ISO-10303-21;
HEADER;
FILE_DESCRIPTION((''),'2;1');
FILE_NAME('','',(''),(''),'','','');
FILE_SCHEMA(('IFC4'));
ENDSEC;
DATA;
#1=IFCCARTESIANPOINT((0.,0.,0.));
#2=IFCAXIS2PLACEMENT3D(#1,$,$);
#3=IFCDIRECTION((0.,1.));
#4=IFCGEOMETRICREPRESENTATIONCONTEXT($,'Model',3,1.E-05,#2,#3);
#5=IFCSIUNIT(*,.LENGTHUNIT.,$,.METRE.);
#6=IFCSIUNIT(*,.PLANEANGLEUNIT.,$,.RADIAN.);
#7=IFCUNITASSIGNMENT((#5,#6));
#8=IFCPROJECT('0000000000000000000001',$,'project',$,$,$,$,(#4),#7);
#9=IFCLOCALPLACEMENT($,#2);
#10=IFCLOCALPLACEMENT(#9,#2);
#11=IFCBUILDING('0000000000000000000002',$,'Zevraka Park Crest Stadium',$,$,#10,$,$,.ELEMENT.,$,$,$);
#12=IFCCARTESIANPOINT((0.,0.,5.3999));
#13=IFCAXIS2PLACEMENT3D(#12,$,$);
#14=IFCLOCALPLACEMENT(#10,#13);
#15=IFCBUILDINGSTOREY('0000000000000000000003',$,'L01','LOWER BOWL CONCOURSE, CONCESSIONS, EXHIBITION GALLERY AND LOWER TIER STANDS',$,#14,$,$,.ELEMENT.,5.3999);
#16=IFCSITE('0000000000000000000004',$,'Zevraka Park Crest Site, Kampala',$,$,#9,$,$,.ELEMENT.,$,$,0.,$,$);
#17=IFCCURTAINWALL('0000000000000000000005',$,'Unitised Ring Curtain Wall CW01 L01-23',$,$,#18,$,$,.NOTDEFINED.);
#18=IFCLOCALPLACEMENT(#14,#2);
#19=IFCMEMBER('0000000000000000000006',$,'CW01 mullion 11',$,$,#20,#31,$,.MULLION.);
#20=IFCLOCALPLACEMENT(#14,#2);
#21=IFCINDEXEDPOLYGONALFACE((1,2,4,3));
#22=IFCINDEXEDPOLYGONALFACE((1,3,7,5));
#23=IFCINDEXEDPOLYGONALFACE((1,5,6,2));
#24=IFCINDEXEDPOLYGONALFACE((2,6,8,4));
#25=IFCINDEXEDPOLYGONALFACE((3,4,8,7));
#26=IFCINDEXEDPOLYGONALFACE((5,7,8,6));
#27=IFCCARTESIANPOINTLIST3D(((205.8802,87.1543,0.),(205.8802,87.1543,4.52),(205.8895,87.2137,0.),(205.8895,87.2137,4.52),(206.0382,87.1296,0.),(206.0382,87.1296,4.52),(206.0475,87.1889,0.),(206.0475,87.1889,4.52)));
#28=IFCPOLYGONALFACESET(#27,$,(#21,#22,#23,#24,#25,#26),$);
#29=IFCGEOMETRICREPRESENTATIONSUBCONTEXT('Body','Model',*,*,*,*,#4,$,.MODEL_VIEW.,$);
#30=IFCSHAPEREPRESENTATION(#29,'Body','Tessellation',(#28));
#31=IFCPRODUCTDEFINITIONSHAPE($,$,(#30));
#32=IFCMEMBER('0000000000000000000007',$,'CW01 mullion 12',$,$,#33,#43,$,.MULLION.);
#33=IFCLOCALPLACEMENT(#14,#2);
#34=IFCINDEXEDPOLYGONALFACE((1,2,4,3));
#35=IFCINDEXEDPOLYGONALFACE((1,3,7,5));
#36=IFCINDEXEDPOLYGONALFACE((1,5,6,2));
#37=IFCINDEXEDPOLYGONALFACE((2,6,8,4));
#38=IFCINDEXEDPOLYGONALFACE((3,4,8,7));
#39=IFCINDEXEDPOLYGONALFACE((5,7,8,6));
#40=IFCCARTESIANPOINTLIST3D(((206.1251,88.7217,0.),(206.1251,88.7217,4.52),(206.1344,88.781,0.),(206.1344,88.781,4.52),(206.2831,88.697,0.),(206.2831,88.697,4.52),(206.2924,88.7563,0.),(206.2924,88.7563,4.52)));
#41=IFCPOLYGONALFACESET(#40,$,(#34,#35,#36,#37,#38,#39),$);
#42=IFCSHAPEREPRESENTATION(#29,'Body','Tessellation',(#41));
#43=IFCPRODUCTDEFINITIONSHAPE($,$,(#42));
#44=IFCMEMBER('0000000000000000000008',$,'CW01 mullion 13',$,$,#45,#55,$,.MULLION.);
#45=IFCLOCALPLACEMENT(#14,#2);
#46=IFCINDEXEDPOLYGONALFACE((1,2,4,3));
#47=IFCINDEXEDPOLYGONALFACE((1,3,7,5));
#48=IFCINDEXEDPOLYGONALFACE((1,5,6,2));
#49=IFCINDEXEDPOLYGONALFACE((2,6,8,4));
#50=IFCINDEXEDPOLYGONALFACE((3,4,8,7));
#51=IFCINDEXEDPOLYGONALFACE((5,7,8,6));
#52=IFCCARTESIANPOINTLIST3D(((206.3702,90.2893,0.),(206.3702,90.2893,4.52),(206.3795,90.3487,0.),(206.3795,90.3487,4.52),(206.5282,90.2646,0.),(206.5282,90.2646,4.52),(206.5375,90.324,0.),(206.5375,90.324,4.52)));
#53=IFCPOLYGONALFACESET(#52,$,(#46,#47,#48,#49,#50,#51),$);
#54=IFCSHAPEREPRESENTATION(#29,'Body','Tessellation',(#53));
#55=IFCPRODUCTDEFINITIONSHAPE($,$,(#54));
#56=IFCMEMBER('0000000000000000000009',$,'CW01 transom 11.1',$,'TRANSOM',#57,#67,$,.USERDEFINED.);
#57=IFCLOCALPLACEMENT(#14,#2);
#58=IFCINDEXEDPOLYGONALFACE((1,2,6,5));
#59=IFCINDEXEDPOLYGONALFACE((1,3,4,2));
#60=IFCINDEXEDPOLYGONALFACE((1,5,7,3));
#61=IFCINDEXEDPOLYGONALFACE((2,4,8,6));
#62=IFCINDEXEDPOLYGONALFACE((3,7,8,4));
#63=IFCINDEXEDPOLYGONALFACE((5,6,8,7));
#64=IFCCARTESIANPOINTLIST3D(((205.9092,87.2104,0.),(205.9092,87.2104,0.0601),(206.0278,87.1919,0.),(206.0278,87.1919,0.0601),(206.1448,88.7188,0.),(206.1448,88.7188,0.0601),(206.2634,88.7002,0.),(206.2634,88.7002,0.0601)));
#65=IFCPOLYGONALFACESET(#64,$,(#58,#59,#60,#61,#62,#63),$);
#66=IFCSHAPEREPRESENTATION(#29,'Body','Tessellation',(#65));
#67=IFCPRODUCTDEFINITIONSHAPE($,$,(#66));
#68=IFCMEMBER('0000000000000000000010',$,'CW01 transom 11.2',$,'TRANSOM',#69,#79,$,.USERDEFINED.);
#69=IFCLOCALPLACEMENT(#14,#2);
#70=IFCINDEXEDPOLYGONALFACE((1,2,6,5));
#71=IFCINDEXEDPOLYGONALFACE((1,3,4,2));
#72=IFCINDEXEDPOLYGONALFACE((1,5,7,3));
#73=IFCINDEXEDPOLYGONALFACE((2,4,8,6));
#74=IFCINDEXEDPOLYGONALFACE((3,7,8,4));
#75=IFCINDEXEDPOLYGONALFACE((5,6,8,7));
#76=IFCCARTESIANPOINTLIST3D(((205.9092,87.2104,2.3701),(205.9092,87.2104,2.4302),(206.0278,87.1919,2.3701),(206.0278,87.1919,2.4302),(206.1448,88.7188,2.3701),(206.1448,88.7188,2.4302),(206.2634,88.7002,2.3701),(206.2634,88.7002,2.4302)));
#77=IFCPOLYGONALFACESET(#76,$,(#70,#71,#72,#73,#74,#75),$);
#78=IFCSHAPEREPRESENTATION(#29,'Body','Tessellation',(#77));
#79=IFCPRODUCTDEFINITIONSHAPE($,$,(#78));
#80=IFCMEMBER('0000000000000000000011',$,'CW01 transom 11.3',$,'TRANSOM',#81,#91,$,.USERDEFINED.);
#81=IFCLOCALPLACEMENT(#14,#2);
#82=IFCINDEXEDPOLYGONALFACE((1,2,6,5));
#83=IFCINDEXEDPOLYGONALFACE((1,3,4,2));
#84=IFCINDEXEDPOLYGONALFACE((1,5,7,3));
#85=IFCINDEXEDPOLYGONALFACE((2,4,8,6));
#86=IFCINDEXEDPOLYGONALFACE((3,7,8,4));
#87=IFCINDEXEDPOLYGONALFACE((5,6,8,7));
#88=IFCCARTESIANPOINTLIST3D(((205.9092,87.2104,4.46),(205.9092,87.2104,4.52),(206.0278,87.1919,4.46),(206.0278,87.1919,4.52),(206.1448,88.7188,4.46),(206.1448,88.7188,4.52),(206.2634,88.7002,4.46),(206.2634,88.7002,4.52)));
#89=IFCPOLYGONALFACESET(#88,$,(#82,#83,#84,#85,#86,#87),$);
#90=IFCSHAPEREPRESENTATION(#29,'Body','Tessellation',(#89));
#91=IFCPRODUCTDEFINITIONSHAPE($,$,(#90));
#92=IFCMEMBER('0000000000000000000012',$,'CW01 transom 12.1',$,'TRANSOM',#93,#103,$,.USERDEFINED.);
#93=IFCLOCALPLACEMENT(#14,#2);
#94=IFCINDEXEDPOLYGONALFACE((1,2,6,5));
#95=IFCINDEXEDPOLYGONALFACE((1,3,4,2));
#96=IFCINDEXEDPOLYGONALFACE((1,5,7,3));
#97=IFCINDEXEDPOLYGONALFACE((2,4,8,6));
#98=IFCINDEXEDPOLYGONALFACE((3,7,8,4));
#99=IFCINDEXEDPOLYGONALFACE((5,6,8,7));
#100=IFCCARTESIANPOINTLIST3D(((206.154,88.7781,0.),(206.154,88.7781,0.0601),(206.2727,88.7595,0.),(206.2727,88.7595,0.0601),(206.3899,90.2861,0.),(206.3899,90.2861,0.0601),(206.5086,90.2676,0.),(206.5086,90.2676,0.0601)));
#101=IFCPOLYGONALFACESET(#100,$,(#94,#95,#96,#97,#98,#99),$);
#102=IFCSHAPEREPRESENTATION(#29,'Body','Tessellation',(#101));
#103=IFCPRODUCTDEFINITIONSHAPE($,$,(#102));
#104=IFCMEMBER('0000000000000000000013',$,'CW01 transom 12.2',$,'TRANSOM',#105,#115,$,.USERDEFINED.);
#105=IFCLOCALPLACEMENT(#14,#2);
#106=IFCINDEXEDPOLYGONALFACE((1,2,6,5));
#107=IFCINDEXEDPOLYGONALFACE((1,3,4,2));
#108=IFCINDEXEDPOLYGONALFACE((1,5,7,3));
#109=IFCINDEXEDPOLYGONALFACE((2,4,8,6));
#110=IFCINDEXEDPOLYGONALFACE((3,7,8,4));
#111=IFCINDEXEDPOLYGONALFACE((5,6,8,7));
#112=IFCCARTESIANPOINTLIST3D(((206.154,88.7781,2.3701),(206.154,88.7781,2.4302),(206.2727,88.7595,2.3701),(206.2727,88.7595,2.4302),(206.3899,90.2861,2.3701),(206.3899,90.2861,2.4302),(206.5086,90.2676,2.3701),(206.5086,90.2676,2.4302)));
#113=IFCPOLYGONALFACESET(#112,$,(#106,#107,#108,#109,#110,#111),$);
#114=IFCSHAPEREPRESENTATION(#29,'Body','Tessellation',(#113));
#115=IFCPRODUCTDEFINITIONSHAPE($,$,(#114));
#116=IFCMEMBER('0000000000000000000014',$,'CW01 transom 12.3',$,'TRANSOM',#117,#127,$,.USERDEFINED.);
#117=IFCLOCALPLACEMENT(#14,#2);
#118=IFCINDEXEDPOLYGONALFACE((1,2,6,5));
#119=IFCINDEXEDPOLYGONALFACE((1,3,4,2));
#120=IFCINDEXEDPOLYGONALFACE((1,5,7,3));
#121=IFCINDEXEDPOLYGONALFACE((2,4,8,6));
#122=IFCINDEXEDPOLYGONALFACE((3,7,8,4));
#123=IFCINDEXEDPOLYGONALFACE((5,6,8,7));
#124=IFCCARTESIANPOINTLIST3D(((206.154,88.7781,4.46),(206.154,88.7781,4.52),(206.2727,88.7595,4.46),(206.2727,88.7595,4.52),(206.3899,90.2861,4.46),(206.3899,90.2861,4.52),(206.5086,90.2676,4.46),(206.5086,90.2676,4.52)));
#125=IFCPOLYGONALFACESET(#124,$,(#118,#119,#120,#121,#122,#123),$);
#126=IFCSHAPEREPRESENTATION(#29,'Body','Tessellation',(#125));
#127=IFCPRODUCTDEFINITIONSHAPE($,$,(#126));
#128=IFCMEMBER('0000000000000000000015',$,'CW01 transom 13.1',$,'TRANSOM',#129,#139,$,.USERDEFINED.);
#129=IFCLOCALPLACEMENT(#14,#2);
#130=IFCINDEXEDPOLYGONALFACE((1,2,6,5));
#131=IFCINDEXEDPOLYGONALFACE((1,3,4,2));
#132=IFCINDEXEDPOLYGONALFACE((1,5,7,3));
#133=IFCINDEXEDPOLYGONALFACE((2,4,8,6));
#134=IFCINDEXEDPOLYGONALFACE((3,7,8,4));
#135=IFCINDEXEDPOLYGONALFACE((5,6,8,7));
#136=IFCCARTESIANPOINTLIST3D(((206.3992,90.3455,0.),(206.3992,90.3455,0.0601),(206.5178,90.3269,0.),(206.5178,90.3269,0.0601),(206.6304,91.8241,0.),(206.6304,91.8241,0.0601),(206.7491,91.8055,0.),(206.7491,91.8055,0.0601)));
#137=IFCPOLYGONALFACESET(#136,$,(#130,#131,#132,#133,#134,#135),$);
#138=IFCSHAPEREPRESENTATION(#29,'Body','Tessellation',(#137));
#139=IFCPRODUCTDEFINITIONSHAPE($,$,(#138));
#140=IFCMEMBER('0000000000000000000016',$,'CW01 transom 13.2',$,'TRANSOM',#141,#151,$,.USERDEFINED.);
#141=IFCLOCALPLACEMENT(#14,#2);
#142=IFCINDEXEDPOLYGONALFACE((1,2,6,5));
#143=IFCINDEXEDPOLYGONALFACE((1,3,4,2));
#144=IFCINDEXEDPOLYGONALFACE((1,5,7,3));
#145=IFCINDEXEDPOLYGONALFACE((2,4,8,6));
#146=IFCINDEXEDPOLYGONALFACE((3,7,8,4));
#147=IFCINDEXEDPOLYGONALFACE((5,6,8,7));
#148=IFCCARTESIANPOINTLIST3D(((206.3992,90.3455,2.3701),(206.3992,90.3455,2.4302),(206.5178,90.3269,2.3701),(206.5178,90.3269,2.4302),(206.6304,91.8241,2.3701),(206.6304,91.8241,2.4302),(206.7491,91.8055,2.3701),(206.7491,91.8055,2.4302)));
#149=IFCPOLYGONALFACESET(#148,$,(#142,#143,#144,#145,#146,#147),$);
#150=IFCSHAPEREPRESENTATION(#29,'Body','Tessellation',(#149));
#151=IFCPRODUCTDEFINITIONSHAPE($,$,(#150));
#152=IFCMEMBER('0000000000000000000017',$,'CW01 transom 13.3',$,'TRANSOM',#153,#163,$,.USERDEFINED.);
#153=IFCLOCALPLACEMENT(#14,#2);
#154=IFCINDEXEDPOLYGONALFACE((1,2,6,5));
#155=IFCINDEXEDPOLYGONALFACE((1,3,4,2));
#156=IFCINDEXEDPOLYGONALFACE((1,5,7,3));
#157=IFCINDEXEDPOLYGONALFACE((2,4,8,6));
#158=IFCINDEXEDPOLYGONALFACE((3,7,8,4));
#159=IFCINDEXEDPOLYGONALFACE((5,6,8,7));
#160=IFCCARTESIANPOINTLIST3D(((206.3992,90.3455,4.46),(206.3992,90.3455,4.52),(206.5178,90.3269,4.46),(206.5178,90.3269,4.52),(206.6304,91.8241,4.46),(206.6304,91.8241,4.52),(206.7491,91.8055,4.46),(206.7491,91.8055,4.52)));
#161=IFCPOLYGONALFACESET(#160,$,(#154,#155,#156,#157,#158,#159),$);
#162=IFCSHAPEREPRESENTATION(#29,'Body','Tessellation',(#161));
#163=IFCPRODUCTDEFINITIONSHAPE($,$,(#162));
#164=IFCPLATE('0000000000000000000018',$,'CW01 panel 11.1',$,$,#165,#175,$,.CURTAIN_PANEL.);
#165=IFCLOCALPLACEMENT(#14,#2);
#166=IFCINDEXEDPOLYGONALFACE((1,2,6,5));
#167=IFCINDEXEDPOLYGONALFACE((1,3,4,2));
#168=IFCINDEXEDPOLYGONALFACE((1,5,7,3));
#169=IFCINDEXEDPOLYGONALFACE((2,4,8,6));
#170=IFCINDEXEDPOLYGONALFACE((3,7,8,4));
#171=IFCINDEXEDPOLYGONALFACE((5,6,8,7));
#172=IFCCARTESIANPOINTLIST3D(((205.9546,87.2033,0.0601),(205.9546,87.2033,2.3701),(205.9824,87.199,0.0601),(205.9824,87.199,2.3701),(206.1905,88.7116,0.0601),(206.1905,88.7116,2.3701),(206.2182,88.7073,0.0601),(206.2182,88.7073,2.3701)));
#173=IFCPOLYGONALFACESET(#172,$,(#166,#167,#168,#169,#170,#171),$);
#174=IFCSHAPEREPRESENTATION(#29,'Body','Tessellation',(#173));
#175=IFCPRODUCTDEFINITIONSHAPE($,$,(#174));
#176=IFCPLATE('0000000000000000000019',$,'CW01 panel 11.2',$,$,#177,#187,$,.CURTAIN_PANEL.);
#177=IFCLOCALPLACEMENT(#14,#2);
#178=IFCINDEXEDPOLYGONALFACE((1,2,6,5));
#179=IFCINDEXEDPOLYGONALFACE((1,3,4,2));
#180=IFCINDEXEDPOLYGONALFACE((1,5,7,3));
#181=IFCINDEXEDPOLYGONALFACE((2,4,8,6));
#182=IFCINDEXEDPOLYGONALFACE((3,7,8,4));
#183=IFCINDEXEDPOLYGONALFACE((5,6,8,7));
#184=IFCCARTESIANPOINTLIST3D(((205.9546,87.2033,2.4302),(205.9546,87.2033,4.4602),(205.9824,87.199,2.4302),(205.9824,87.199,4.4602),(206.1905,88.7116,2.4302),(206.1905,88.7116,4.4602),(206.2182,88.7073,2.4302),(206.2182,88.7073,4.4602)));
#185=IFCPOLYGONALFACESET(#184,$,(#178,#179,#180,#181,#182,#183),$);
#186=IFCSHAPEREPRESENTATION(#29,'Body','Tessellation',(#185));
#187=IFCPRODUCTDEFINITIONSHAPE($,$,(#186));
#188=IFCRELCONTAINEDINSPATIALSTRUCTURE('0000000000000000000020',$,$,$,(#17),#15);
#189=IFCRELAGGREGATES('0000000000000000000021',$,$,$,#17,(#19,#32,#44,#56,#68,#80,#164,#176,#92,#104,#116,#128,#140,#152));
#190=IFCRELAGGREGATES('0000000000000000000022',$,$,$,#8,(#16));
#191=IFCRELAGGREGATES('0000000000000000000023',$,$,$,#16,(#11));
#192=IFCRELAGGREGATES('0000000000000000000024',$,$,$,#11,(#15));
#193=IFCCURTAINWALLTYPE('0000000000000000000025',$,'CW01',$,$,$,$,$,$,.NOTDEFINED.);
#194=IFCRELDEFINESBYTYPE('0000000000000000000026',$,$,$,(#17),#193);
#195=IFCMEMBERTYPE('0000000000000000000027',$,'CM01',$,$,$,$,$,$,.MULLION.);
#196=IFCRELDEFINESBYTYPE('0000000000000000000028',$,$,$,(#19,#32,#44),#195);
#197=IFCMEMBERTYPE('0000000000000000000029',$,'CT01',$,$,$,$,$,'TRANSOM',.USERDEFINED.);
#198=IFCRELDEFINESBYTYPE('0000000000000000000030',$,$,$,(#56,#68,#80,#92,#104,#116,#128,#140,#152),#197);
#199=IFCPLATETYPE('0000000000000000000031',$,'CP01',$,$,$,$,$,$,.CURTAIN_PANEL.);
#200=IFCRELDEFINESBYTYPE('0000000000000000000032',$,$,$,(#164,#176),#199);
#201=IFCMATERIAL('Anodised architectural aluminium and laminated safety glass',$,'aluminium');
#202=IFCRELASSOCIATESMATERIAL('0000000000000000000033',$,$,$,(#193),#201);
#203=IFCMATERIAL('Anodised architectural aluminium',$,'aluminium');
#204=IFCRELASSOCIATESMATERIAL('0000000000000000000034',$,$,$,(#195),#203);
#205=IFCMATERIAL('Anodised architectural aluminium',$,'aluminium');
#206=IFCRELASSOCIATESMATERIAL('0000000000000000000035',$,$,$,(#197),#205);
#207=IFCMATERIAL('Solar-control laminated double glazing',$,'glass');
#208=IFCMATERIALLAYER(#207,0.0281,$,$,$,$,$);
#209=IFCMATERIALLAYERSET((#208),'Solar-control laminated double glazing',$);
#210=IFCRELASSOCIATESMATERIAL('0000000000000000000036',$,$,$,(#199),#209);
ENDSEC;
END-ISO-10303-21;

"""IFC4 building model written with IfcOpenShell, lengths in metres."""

from ifc_helpers import new_model, si_unit, direction, frame, origin, origin_2d, place, context, subcontext, project, spatial, rectangle, extrude, material, layer, layer_set, material_profile, profile_set, type_object, element, aggregate, save


model = new_model("IFC4")

# Units and contexts
model_context = context("Model", 3, precision=1e-05, world=origin(), true_north=direction((0.0, 1.0)))
body_context = subcontext(model_context, "Body", "Model", "MODEL_VIEW")
ifc_project = project(units=[si_unit("LENGTHUNIT", "METRE"), si_unit("PLANEANGLEUNIT", "RADIAN")], contexts=[model_context])

# Site, building, storey
site_placement = place(None, origin())
site = spatial("IfcSite", under=ifc_project, at=site_placement, Name="Zevraka Park Crest Site, Kampala", CompositionType="ELEMENT", RefElevation=0.0)
building_placement = place(site_placement, origin())
building = spatial("IfcBuilding", under=site, at=building_placement, Name="Zevraka Park Crest Stadium", CompositionType="ELEMENT")
storey_placement = place(building_placement, frame((0.0, 0.0, 5.3999)))
storey = spatial("IfcBuildingStorey", under=building, at=storey_placement, Name="L01", Description="LOWER BOWL CONCOURSE, CONCESSIONS, EXHIBITION GALLERY AND LOWER TIER STANDS", CompositionType="ELEMENT", Elevation=5.3999)

# Curtain wall, members, plates
ifc_material_1 = material(Name="Anodised architectural aluminium and laminated safety glass", Category="aluminium")
curtain_wall_type = type_object("IfcCurtainWallType", Name="CW01", PredefinedType="NOTDEFINED", material=ifc_material_1)
curtain_wall_placement = place(storey_placement, origin())
curtain_wall = element("IfcCurtainWall", 1, at=curtain_wall_placement, inside=storey, type_object=curtain_wall_type, Name="Unitised Ring Curtain Wall CW01 L01-23", PredefinedType="NOTDEFINED")
ifc_material_2 = material(Name="Anodised architectural aluminium", Category="aluminium")
ifc_material_profile_1 = material_profile(ifc_material_2, rectangle(XDim=0.1599, YDim=0.0601, at=origin_2d()), Name="ALU MULLION 160x60")
ifc_profile_set_1 = profile_set([ifc_material_profile_1], Name="Anodised architectural aluminium")
member_type_1 = type_object("IfcMemberType", Name="CM01", PredefinedType="MULLION", material=ifc_profile_set_1)
member_1_placement = place(storey_placement, frame((205.9639, 87.1716, 0.0), z_axis=(0.0, 0.0, 1.0), x_axis=(-0.987997, 0.154476, 0.0)))
member_1 = element("IfcMember", 2, at=member_1_placement, type_object=member_type_1, Name="CW01 mullion 11", PredefinedType="MULLION", context=body_context, shape_type="SweptSolid", body=[
    extrude(rectangle(XDim=0.1599, YDim=0.0601, at=origin_2d()), origin(), (0.0, 0.0, 1.0), 4.52),
])
member_2_placement = place(storey_placement, frame((206.2087, 88.739, 0.0), z_axis=(0.0, 0.0, 1.0), x_axis=(-0.987997, 0.154476, 0.0)))
member_2 = element("IfcMember", 3, at=member_2_placement, type_object=member_type_1, Name="CW01 mullion 12", PredefinedType="MULLION", context=body_context, shape_type="SweptSolid", body=[
    extrude(rectangle(XDim=0.1599, YDim=0.0601, at=origin_2d()), origin(), (0.0, 0.0, 1.0), 4.52),
])
member_3_placement = place(storey_placement, frame((206.4539, 90.3066, 0.0), z_axis=(0.0, 0.0, 1.0), x_axis=(-0.987997, 0.154476, 0.0)))
member_3 = element("IfcMember", 4, at=member_3_placement, type_object=member_type_1, Name="CW01 mullion 13", PredefinedType="MULLION", context=body_context, shape_type="SweptSolid", body=[
    extrude(rectangle(XDim=0.1599, YDim=0.0601, at=origin_2d()), origin(), (0.0, 0.0, 1.0), 4.52),
])
ifc_material_3 = material(Name="Anodised architectural aluminium", Category="aluminium")
ifc_material_profile_2 = material_profile(ifc_material_3, rectangle(XDim=0.1201, YDim=0.0601, at=origin_2d()), Name="ALU TRANSOM 120x60")
ifc_profile_set_2 = profile_set([ifc_material_profile_2], Name="Anodised architectural aluminium")
member_type_2 = type_object("IfcMemberType", Name="CT01", ElementType="TRANSOM", PredefinedType="USERDEFINED", material=ifc_profile_set_2)
member_4_placement = place(storey_placement, frame((205.9685, 87.2012, 0.03), z_axis=(0.154328, 0.98802, 0.0), x_axis=(-0.98802, 0.154328, 0.0)))
member_4 = element("IfcMember", 5, at=member_4_placement, type_object=member_type_2, Name="CW01 transom 11.1", ObjectType="TRANSOM", PredefinedType="USERDEFINED", context=body_context, shape_type="SweptSolid", body=[
    extrude(rectangle(XDim=0.1201, YDim=0.0601, at=origin_2d()), origin(), (0.0, 0.0, 1.0), 1.5266),
])
member_5_placement = place(storey_placement, frame((205.9685, 87.2012, 2.4001), z_axis=(0.154328, 0.98802, 0.0), x_axis=(-0.98802, 0.154328, 0.0)))
member_5 = element("IfcMember", 6, at=member_5_placement, type_object=member_type_2, Name="CW01 transom 11.2", ObjectType="TRANSOM", PredefinedType="USERDEFINED", context=body_context, shape_type="SweptSolid", body=[
    extrude(rectangle(XDim=0.1201, YDim=0.0601, at=origin_2d()), origin(), (0.0, 0.0, 1.0), 1.5266),
])
member_6_placement = place(storey_placement, frame((205.9685, 87.2012, 4.49), z_axis=(0.154328, 0.98802, 0.0), x_axis=(-0.98802, 0.154328, 0.0)))
member_6 = element("IfcMember", 7, at=member_6_placement, type_object=member_type_2, Name="CW01 transom 11.3", ObjectType="TRANSOM", PredefinedType="USERDEFINED", context=body_context, shape_type="SweptSolid", body=[
    extrude(rectangle(XDim=0.1201, YDim=0.0601, at=origin_2d()), origin(), (0.0, 0.0, 1.0), 1.5266),
])
member_7_placement = place(storey_placement, frame((206.2134, 88.7688, 0.03), z_axis=(0.154509, 0.987991, 0.0), x_axis=(-0.987991, 0.154509, 0.0)))
member_7 = element("IfcMember", 8, at=member_7_placement, type_object=member_type_2, Name="CW01 transom 12.1", ObjectType="TRANSOM", PredefinedType="USERDEFINED", context=body_context, shape_type="SweptSolid", body=[
    extrude(rectangle(XDim=0.1201, YDim=0.0601, at=origin_2d()), origin(), (0.0, 0.0, 1.0), 1.5264),
])
member_8_placement = place(storey_placement, frame((206.2134, 88.7688, 2.4001), z_axis=(0.154509, 0.987991, 0.0), x_axis=(-0.987991, 0.154509, 0.0)))
member_8 = element("IfcMember", 9, at=member_8_placement, type_object=member_type_2, Name="CW01 transom 12.2", ObjectType="TRANSOM", PredefinedType="USERDEFINED", context=body_context, shape_type="SweptSolid", body=[
    extrude(rectangle(XDim=0.1201, YDim=0.0601, at=origin_2d()), origin(), (0.0, 0.0, 1.0), 1.5264),
])
member_9_placement = place(storey_placement, frame((206.2134, 88.7688, 4.49), z_axis=(0.154509, 0.987991, 0.0), x_axis=(-0.987991, 0.154509, 0.0)))
member_9 = element("IfcMember", 10, at=member_9_placement, type_object=member_type_2, Name="CW01 transom 12.3", ObjectType="TRANSOM", PredefinedType="USERDEFINED", context=body_context, shape_type="SweptSolid", body=[
    extrude(rectangle(XDim=0.1201, YDim=0.0601, at=origin_2d()), origin(), (0.0, 0.0, 1.0), 1.5264),
])
member_10_placement = place(storey_placement, frame((206.4585, 90.3362, 0.03), z_axis=(0.154496, 0.987993, 0.0), x_axis=(-0.987993, 0.154496, 0.0)))
member_10 = element("IfcMember", 11, at=member_10_placement, type_object=member_type_2, Name="CW01 transom 13.1", ObjectType="TRANSOM", PredefinedType="USERDEFINED", context=body_context, shape_type="SweptSolid", body=[
    extrude(rectangle(XDim=0.1201, YDim=0.0601, at=origin_2d()), origin(), (0.0, 0.0, 1.0), 1.4966),
])
member_11_placement = place(storey_placement, frame((206.4585, 90.3362, 2.4001), z_axis=(0.154496, 0.987993, 0.0), x_axis=(-0.987993, 0.154496, 0.0)))
member_11 = element("IfcMember", 12, at=member_11_placement, type_object=member_type_2, Name="CW01 transom 13.2", ObjectType="TRANSOM", PredefinedType="USERDEFINED", context=body_context, shape_type="SweptSolid", body=[
    extrude(rectangle(XDim=0.1201, YDim=0.0601, at=origin_2d()), origin(), (0.0, 0.0, 1.0), 1.4966),
])
member_12_placement = place(storey_placement, frame((206.4585, 90.3362, 4.49), z_axis=(0.154496, 0.987993, 0.0), x_axis=(-0.987993, 0.154496, 0.0)))
member_12 = element("IfcMember", 13, at=member_12_placement, type_object=member_type_2, Name="CW01 transom 13.3", ObjectType="TRANSOM", PredefinedType="USERDEFINED", context=body_context, shape_type="SweptSolid", body=[
    extrude(rectangle(XDim=0.1201, YDim=0.0601, at=origin_2d()), origin(), (0.0, 0.0, 1.0), 1.4966),
])
ifc_material_4 = material(Name="Solar-control laminated double glazing", Category="glass")
ifc_layer_1 = layer(ifc_material_4, 0.0281)
ifc_layer_set_1 = layer_set([ifc_layer_1], Name="Solar-control laminated double glazing")
plate_type = type_object("IfcPlateType", Name="CP01", PredefinedType="CURTAIN_PANEL", material=ifc_layer_set_1)
plate_1_placement = place(storey_placement, frame((206.0864, 87.9553, 0.0601), z_axis=(0.0, 0.0, 1.0), x_axis=(0.154476, 0.987997, 0.0)))
plate_1 = element("IfcPlate", 14, at=plate_1_placement, type_object=plate_type, Name="CW01 panel 11.1", PredefinedType="CURTAIN_PANEL", context=body_context, shape_type="SweptSolid", body=[
    extrude(rectangle(XDim=1.5266, YDim=0.0281, at=origin_2d()), origin(), (0.0, 0.0, 1.0), 2.3101),
])
plate_2_placement = place(storey_placement, frame((206.0864, 87.9553, 2.4302), z_axis=(0.0, 0.0, 1.0), x_axis=(0.154476, 0.987997, 0.0)))
plate_2 = element("IfcPlate", 15, at=plate_2_placement, type_object=plate_type, Name="CW01 panel 11.2", PredefinedType="CURTAIN_PANEL", context=body_context, shape_type="SweptSolid", body=[
    extrude(rectangle(XDim=1.5266, YDim=0.0281, at=origin_2d()), origin(), (0.0, 0.0, 1.0), 2.03),
])
aggregate(curtain_wall, [member_1, member_2, member_3, member_4, member_5, member_6, plate_1, plate_2, member_7, member_8, member_9, member_10, member_11, member_12])

save(model, "model.ifc")
